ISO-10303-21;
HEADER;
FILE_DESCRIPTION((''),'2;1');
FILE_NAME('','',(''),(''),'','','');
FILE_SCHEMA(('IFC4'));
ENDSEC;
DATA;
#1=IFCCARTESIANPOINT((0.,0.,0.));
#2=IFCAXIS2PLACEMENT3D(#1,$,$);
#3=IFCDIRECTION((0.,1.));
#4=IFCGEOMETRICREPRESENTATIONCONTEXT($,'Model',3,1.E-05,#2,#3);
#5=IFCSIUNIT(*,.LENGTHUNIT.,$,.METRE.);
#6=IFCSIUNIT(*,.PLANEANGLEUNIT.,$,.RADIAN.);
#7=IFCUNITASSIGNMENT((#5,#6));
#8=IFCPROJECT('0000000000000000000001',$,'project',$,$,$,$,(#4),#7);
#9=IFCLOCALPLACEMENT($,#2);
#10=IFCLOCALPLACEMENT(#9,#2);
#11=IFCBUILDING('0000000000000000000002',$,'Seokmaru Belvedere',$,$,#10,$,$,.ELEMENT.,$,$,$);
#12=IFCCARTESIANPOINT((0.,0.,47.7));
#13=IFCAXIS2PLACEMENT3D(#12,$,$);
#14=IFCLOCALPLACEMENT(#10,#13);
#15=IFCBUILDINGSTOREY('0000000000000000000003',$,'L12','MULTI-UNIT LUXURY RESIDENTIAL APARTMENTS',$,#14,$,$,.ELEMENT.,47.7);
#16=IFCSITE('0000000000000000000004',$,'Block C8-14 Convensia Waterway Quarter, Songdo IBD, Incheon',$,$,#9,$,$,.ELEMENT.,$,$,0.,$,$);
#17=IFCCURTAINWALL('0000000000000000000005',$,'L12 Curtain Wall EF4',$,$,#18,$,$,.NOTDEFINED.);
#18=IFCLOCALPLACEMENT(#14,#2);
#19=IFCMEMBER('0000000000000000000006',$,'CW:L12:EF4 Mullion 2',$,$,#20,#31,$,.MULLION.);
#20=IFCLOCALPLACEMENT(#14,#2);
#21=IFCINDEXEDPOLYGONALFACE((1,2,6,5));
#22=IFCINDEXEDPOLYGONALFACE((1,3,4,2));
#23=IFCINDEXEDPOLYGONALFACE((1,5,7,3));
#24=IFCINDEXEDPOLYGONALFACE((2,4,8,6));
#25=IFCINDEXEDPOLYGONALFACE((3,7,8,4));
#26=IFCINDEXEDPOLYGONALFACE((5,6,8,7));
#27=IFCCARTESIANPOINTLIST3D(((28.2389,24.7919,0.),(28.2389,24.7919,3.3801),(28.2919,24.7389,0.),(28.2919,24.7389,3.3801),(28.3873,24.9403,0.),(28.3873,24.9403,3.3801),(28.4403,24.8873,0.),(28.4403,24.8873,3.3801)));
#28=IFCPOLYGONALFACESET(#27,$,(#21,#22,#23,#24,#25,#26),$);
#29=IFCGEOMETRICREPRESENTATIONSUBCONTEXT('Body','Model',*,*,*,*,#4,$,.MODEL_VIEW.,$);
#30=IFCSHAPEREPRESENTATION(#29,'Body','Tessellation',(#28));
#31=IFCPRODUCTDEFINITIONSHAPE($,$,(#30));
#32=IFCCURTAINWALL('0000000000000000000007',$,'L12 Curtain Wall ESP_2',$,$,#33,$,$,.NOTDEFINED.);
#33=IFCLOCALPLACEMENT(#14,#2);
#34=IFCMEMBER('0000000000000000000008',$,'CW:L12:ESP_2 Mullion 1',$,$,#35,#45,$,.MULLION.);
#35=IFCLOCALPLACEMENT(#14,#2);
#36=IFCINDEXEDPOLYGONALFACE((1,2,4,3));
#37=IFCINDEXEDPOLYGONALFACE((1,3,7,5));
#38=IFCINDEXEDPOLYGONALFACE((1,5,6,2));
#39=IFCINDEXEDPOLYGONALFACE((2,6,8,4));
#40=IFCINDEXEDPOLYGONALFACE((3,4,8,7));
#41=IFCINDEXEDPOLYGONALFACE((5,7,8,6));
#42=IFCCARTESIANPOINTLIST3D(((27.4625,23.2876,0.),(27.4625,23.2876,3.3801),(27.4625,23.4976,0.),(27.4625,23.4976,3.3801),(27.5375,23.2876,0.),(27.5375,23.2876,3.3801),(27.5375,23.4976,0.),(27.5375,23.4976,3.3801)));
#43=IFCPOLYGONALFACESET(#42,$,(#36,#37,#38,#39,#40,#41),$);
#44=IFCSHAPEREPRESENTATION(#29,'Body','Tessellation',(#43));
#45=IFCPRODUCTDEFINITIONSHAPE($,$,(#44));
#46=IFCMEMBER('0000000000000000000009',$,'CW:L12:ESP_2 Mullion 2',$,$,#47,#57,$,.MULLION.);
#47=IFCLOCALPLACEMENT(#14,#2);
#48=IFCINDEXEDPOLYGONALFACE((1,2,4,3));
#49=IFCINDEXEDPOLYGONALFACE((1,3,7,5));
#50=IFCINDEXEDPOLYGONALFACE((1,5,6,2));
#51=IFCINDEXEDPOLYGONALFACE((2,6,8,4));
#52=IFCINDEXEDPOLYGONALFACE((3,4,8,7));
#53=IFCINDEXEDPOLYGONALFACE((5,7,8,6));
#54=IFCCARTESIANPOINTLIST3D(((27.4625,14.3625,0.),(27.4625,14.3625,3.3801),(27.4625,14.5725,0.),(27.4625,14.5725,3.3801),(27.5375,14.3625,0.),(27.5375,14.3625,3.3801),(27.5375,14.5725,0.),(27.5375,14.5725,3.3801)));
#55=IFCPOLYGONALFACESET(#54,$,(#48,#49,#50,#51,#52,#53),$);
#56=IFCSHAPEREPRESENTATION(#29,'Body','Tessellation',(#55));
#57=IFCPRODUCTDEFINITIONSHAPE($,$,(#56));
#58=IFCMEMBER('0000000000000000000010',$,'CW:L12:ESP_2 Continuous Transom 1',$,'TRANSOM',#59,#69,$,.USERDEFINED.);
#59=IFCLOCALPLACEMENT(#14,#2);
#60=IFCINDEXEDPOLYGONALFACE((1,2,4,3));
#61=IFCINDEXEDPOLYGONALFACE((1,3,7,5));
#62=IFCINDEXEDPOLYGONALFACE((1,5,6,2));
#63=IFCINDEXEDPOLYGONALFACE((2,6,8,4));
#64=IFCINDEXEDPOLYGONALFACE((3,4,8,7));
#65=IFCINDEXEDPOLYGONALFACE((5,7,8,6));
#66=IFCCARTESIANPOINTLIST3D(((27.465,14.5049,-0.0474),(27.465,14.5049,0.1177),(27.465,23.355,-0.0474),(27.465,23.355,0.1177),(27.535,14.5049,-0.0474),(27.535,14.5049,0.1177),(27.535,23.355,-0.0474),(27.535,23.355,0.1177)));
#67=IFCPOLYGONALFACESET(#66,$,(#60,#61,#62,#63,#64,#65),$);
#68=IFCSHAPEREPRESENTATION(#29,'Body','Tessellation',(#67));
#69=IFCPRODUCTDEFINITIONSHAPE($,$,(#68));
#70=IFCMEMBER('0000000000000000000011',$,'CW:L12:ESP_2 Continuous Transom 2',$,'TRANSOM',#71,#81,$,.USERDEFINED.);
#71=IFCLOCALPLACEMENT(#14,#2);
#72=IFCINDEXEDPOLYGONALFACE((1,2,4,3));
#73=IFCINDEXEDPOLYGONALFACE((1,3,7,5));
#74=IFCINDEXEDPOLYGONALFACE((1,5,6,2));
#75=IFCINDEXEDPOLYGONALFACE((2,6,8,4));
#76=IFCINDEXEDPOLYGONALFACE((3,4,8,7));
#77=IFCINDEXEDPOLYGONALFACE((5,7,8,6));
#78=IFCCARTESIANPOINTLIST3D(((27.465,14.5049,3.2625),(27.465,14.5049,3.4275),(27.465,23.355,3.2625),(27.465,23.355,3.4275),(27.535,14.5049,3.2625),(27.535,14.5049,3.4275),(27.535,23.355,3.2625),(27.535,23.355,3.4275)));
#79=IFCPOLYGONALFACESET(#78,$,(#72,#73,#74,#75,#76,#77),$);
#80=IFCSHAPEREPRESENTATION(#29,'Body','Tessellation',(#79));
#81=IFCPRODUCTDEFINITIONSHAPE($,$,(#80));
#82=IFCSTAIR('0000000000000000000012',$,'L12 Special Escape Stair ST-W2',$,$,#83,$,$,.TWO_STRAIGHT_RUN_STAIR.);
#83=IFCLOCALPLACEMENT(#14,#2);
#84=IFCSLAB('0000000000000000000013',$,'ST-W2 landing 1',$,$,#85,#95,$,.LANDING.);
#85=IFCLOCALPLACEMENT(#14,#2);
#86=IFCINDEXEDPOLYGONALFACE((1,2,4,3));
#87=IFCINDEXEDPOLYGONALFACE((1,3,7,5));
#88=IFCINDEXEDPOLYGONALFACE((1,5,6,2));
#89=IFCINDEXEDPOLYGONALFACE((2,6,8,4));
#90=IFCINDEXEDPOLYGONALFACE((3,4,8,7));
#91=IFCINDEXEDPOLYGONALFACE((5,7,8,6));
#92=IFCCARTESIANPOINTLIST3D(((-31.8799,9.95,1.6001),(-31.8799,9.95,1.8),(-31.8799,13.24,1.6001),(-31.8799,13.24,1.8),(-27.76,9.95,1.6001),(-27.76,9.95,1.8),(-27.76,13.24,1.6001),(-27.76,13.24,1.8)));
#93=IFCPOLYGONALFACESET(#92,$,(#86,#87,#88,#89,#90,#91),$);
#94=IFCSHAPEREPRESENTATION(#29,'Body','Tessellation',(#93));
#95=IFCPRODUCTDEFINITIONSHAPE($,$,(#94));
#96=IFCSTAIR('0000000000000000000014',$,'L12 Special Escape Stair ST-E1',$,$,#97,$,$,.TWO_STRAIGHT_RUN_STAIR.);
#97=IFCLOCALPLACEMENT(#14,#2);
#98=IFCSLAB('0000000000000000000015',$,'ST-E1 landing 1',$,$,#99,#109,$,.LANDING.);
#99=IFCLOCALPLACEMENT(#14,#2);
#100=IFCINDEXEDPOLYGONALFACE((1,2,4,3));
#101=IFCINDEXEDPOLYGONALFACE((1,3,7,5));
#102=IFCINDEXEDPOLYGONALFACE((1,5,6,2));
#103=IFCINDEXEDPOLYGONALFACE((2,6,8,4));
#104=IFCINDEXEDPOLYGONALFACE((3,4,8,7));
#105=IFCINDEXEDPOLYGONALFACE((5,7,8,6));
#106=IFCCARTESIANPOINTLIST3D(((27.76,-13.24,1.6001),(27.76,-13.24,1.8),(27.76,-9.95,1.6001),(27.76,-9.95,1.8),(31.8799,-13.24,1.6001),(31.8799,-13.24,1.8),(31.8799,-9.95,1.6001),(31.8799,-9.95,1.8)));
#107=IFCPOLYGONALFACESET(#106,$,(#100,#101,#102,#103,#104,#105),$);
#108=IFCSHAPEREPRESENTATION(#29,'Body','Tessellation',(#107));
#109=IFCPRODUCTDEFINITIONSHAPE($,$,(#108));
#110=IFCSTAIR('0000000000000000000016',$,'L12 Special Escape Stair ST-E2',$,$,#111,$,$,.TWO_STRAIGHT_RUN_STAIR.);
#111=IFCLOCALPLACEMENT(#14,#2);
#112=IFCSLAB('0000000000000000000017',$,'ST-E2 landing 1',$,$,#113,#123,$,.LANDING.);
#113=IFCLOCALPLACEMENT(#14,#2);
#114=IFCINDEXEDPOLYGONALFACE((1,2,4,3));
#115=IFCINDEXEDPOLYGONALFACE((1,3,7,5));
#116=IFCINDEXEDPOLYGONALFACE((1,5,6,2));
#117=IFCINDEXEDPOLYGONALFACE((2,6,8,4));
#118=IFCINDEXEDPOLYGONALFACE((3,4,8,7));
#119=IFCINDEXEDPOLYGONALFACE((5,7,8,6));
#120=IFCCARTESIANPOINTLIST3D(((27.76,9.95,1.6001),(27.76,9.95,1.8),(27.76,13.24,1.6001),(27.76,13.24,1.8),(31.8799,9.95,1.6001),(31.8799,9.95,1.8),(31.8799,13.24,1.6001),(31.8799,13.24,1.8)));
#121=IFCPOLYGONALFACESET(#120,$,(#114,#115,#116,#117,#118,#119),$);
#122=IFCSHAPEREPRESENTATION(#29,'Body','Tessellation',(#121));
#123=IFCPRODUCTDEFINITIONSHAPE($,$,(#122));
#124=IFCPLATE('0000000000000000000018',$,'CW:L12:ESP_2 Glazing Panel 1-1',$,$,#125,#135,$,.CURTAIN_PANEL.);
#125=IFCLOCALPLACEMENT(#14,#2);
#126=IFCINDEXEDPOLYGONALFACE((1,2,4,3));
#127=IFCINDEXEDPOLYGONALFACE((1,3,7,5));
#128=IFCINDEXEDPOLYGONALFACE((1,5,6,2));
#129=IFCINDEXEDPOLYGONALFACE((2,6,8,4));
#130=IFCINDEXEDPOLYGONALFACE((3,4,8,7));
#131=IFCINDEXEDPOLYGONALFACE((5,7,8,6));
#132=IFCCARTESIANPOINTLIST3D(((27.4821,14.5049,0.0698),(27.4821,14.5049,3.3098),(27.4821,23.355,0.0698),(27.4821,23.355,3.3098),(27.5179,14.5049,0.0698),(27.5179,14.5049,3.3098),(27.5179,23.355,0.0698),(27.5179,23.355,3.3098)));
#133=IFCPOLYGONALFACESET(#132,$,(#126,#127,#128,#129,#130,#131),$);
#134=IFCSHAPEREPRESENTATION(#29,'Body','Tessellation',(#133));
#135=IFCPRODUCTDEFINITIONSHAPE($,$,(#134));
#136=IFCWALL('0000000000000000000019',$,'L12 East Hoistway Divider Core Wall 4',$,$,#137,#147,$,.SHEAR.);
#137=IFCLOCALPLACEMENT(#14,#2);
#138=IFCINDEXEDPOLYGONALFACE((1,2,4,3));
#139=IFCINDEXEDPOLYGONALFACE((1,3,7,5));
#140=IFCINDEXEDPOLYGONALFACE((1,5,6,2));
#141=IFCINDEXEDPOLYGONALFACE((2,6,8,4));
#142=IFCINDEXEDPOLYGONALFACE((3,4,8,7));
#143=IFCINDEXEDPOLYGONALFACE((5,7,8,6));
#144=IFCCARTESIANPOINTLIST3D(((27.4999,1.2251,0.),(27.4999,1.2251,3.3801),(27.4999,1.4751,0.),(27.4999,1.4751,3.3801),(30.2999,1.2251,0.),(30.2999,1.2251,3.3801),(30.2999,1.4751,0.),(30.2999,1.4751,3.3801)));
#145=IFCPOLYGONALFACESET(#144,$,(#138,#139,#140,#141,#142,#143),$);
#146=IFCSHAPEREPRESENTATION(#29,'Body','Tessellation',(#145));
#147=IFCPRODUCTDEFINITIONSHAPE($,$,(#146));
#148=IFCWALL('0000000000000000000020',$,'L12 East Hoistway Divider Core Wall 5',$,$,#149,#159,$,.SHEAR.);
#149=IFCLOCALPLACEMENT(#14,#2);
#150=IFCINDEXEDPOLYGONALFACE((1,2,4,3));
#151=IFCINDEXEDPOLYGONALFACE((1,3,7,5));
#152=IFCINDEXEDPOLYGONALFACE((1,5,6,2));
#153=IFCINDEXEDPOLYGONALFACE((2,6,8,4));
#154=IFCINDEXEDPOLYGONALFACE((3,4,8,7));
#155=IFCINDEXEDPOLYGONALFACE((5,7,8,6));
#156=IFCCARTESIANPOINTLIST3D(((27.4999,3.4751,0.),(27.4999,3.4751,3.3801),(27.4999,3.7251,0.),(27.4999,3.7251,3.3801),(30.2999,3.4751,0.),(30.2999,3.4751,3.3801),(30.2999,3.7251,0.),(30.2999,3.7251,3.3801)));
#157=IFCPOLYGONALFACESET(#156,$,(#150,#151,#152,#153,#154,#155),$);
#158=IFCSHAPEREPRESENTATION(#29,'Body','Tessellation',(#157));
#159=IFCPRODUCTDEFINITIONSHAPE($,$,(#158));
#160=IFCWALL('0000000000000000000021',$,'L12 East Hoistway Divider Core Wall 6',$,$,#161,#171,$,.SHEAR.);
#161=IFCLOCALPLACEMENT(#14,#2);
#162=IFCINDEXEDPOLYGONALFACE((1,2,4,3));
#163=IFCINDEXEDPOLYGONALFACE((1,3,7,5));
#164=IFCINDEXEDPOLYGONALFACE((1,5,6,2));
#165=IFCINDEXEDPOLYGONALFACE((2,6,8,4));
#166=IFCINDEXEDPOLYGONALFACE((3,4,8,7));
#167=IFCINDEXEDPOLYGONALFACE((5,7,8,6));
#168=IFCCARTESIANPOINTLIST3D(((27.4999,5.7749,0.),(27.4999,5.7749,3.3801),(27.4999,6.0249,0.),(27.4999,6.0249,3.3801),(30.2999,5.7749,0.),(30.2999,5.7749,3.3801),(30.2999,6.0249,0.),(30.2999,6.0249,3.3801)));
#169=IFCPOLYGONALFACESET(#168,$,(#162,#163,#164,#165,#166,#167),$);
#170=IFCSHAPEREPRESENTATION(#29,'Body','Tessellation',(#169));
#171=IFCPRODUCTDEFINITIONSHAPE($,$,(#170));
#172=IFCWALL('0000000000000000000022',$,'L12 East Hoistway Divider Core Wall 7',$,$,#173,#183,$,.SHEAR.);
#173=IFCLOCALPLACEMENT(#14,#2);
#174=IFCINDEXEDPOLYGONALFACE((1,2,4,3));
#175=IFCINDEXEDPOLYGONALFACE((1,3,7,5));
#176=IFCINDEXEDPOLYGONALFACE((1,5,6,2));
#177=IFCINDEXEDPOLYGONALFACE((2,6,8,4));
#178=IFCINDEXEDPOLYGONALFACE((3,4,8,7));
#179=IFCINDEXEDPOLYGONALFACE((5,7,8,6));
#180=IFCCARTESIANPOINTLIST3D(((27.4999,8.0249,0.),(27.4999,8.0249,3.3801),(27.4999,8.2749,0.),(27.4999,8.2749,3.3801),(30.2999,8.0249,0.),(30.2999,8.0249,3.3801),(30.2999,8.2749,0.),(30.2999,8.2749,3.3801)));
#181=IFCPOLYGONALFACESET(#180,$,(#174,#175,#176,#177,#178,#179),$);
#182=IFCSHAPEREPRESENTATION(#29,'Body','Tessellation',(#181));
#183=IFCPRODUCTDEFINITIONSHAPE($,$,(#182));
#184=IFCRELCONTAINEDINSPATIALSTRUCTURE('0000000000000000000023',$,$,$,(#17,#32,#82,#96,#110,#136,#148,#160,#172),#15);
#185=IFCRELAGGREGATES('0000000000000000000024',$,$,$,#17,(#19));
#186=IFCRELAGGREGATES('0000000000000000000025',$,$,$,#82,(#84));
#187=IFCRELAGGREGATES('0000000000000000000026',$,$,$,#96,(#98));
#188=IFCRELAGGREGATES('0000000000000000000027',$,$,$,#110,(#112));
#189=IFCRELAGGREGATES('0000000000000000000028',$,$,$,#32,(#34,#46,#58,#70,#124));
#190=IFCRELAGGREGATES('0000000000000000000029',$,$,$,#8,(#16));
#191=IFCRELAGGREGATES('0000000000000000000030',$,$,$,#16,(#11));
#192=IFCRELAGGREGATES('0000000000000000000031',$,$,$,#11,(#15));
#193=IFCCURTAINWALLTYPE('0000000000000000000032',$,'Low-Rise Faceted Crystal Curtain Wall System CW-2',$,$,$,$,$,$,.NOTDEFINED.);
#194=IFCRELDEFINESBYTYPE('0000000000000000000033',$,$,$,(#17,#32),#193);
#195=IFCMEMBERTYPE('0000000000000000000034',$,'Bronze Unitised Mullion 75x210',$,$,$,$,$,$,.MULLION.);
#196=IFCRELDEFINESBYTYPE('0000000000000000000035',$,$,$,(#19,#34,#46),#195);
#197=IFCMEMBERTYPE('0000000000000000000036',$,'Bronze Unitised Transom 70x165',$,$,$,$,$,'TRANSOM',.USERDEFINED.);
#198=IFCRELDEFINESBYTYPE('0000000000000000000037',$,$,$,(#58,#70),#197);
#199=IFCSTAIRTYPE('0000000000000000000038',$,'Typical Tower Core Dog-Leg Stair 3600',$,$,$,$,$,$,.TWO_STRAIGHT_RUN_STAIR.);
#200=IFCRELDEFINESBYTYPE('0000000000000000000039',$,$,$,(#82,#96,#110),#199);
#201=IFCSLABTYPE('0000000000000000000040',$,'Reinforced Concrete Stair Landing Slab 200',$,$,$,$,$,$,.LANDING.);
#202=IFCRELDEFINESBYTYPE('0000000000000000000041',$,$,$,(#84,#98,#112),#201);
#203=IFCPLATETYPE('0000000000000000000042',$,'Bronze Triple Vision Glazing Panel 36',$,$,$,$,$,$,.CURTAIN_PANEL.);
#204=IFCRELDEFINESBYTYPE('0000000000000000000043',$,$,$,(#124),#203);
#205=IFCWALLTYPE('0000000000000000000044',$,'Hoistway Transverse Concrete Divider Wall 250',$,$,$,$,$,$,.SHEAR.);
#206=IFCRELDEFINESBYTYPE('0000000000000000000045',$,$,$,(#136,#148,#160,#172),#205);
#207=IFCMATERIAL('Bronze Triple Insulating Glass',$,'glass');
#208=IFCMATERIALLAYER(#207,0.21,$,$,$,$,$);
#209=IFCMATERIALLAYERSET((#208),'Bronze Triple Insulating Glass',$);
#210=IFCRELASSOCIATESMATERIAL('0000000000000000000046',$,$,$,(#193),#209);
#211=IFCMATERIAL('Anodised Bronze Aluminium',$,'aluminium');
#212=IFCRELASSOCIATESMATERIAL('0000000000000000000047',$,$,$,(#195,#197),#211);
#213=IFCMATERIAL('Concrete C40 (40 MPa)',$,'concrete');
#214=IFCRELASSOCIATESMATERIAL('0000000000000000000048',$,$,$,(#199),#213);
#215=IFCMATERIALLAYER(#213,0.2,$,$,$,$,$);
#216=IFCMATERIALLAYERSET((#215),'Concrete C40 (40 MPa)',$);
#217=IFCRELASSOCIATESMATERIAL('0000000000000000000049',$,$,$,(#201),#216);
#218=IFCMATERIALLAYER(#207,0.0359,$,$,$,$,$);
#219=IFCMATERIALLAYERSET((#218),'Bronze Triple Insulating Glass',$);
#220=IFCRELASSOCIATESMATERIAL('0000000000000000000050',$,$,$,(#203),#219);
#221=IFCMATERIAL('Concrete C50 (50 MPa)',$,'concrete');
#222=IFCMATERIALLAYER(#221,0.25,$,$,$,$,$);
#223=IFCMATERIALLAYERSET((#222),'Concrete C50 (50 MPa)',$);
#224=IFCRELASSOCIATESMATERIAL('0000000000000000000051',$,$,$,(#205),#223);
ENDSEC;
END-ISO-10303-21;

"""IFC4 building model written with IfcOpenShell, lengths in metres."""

from ifc_helpers import new_model, si_unit, direction, frame, frame_2d, origin, origin_2d, place, context, subcontext, project, spatial, polyline, rectangle, outline, extrude, source, transform, mapped, material, layer, layer_set, material_profile, profile_set, type_object, type_shapes, element, aggregate, save


model = new_model("IFC4")

# Units and contexts
model_context = context("Model", 3, precision=1e-05, world=origin(), true_north=direction((0.0, 1.0)))
body_context = subcontext(model_context, "Body", "Model", "MODEL_VIEW")
ifc_project = project(units=[si_unit("LENGTHUNIT", "METRE"), si_unit("PLANEANGLEUNIT", "RADIAN")], contexts=[model_context])

# Site, building, storey
site_placement = place(None, origin())
site = spatial("IfcSite", under=ifc_project, at=site_placement, Name="Block C8-14 Convensia Waterway Quarter, Songdo IBD, Incheon", CompositionType="ELEMENT", RefElevation=0.0)
building_placement = place(site_placement, origin())
building = spatial("IfcBuilding", under=site, at=building_placement, Name="Seokmaru Belvedere", CompositionType="ELEMENT")
storey_placement = place(building_placement, frame((0.0, 0.0, 47.7)))
storey = spatial("IfcBuildingStorey", under=building, at=storey_placement, Name="L12", Description="MULTI-UNIT LUXURY RESIDENTIAL APARTMENTS", CompositionType="ELEMENT", Elevation=47.7)

# Curtain wall, member
ifc_material_1 = material(Name="Bronze Triple Insulating Glass", Category="glass")
ifc_layer_1 = layer(ifc_material_1, 0.21)
ifc_layer_set_1 = layer_set([ifc_layer_1], Name="Bronze Triple Insulating Glass")
curtain_wall_type = type_object("IfcCurtainWallType", Name="Low-Rise Faceted Crystal Curtain Wall System CW-2", PredefinedType="NOTDEFINED", material=ifc_layer_set_1)
curtain_wall_1_placement = place(storey_placement, origin())
curtain_wall_1 = element("IfcCurtainWall", 1, at=curtain_wall_1_placement, inside=storey, type_object=curtain_wall_type, Name="L12 Curtain Wall EF4", PredefinedType="NOTDEFINED")
ifc_material_2 = material(Name="Anodised Bronze Aluminium", Category="aluminium")
ifc_material_profile_1 = material_profile(ifc_material_2, rectangle(XDim=0.075, YDim=0.21, at=origin_2d()), Name="CW-M-75x210")
ifc_profile_set_1 = profile_set([ifc_material_profile_1], Name="Anodised Bronze Aluminium")
member_type_1 = type_object("IfcMemberType", Name="Bronze Unitised Mullion 75x210", PredefinedType="MULLION", material=ifc_profile_set_1)
shared_shape_1 = source(origin(), body_context, "Body", "SweptSolid", [
    extrude(rectangle(XDim=0.075, YDim=0.21, at=origin_2d()), origin(), (0.0, 0.0, 1.0), 3.3801),
])
type_shapes(member_type_1, [shared_shape_1])
member_1_placement = place(storey_placement, frame((28.3396, 24.8396, 0.0), z_axis=(0.0, 0.0, 1.0), x_axis=(0.707107, -0.707107, 0.0)))
member_1 = element("IfcMember", 2, at=member_1_placement, type_object=member_type_1, Name="CW:L12:EF4 Mullion 2", PredefinedType="MULLION", context=body_context, shape_type="MappedRepresentation", body=[
    mapped(shared_shape_1, transform((0.0, 0.0, 0.0), scale=1.0)),
])
aggregate(curtain_wall_1, [member_1])

# Curtain wall, members
curtain_wall_2_placement = place(storey_placement, origin())
curtain_wall_2 = element("IfcCurtainWall", 3, at=curtain_wall_2_placement, inside=storey, type_object=curtain_wall_type, Name="L12 Curtain Wall ESP_2", PredefinedType="NOTDEFINED")
member_2_placement = place(storey_placement, frame((27.5, 23.3926, 0.0), z_axis=(0.0, 0.0, 1.0), x_axis=(1.0, 0.0, 0.0)))
member_2 = element("IfcMember", 4, at=member_2_placement, type_object=member_type_1, Name="CW:L12:ESP_2 Mullion 1", PredefinedType="MULLION", context=body_context, shape_type="MappedRepresentation", body=[
    mapped(shared_shape_1, transform((0.0, 0.0, 0.0), scale=1.0)),
])
member_3_placement = place(storey_placement, frame((27.5, 14.4675, 0.0), z_axis=(0.0, 0.0, 1.0), x_axis=(1.0, 0.0, 0.0)))
member_3 = element("IfcMember", 5, at=member_3_placement, type_object=member_type_1, Name="CW:L12:ESP_2 Mullion 2", PredefinedType="MULLION", context=body_context, shape_type="MappedRepresentation", body=[
    mapped(shared_shape_1, transform((0.0, 0.0, 0.0), scale=1.0)),
])
ifc_material_profile_2 = material_profile(ifc_material_2, rectangle(XDim=0.0701, YDim=0.165, at=origin_2d()), Name="CW-T-70x165")
ifc_profile_set_2 = profile_set([ifc_material_profile_2], Name="Anodised Bronze Aluminium")
member_type_2 = type_object("IfcMemberType", Name="Bronze Unitised Transom 70x165", ElementType="TRANSOM", PredefinedType="USERDEFINED", material=ifc_profile_set_2)
shared_shape_2 = source(origin(), body_context, "Body", "SweptSolid", [
    extrude(rectangle(XDim=0.0701, YDim=0.165, at=origin_2d()), origin(), (0.0, 0.0, 1.0), 8.8501),
])
type_shapes(member_type_2, [shared_shape_2])
member_4_placement = place(storey_placement, frame((27.5, 23.355, 0.0352), z_axis=(0.0, -1.0, 0.0), x_axis=(1.0, 0.0, 0.0)))
member_4 = element("IfcMember", 6, at=member_4_placement, type_object=member_type_2, Name="CW:L12:ESP_2 Continuous Transom 1", ObjectType="TRANSOM", PredefinedType="USERDEFINED", context=body_context, shape_type="MappedRepresentation", body=[
    mapped(shared_shape_2, transform((0.0, 0.0, 0.0), scale=1.0)),
])
member_5_placement = place(storey_placement, frame((27.5, 23.355, 3.345), z_axis=(0.0, -1.0, 0.0), x_axis=(1.0, 0.0, 0.0)))
member_5 = element("IfcMember", 7, at=member_5_placement, type_object=member_type_2, Name="CW:L12:ESP_2 Continuous Transom 2", ObjectType="TRANSOM", PredefinedType="USERDEFINED", context=body_context, shape_type="MappedRepresentation", body=[
    mapped(shared_shape_2, transform((0.0, 0.0, 0.0), scale=1.0)),
])

# Stairs, slabs
ifc_material_3 = material(Name="Concrete C40 (40 MPa)", Category="concrete")
stair_type = type_object("IfcStairType", Name="Typical Tower Core Dog-Leg Stair 3600", PredefinedType="TWO_STRAIGHT_RUN_STAIR", material=ifc_material_3)
stair_1_placement = place(storey_placement, origin())
stair_1 = element("IfcStair", 8, at=stair_1_placement, inside=storey, type_object=stair_type, Name="L12 Special Escape Stair ST-W2", PredefinedType="TWO_STRAIGHT_RUN_STAIR")
ifc_layer_2 = layer(ifc_material_3, 0.2)
ifc_layer_set_2 = layer_set([ifc_layer_2], Name="Concrete C40 (40 MPa)")
slab_type = type_object("IfcSlabType", Name="Reinforced Concrete Stair Landing Slab 200", PredefinedType="LANDING", material=ifc_layer_set_2)
slab_1_placement = place(storey_placement, frame((0.0, 0.0, 1.6001)))
slab_1 = element("IfcSlab", 9, at=slab_1_placement, type_object=slab_type, Name="ST-W2 landing 1", PredefinedType="LANDING", context=body_context, shape_type="SweptSolid", body=[
    extrude(outline(polyline([(-31.8799, 9.95), (-27.76, 9.95), (-27.76, 13.24), (-31.8799, 13.24), (-31.8799, 9.95)])), origin(), (0.0, 0.0, 1.0), 0.2),
])
aggregate(stair_1, [slab_1])
stair_2_placement = place(storey_placement, origin())
stair_2 = element("IfcStair", 10, at=stair_2_placement, inside=storey, type_object=stair_type, Name="L12 Special Escape Stair ST-E1", PredefinedType="TWO_STRAIGHT_RUN_STAIR")
slab_2_placement = place(storey_placement, frame((0.0, 0.0, 1.6001)))
slab_2 = element("IfcSlab", 11, at=slab_2_placement, type_object=slab_type, Name="ST-E1 landing 1", PredefinedType="LANDING", context=body_context, shape_type="SweptSolid", body=[
    extrude(outline(polyline([(27.76, -13.24), (31.8799, -13.24), (31.8799, -9.95), (27.76, -9.95), (27.76, -13.24)])), origin(), (0.0, 0.0, 1.0), 0.2),
])
aggregate(stair_2, [slab_2])
stair_3_placement = place(storey_placement, origin())
stair_3 = element("IfcStair", 12, at=stair_3_placement, inside=storey, type_object=stair_type, Name="L12 Special Escape Stair ST-E2", PredefinedType="TWO_STRAIGHT_RUN_STAIR")
slab_3_placement = place(storey_placement, frame((0.0, 0.0, 1.6001)))
slab_3 = element("IfcSlab", 13, at=slab_3_placement, type_object=slab_type, Name="ST-E2 landing 1", PredefinedType="LANDING", context=body_context, shape_type="SweptSolid", body=[
    extrude(outline(polyline([(27.76, 9.95), (31.8799, 9.95), (31.8799, 13.24), (27.76, 13.24), (27.76, 9.95)])), origin(), (0.0, 0.0, 1.0), 0.2),
])
aggregate(stair_3, [slab_3])

# Plate
ifc_layer_3 = layer(ifc_material_1, 0.0359)
ifc_layer_set_3 = layer_set([ifc_layer_3], Name="Bronze Triple Insulating Glass")
plate_type = type_object("IfcPlateType", Name="Bronze Triple Vision Glazing Panel 36", PredefinedType="CURTAIN_PANEL", material=ifc_layer_set_3)
shared_shape_3 = source(origin(), body_context, "Body", "SweptSolid", [
    extrude(rectangle(XDim=8.8501, YDim=0.0359, at=origin_2d()), origin(), (0.0, 0.0, 1.0), 3.24),
])
type_shapes(plate_type, [shared_shape_3])
plate_placement = place(storey_placement, frame((27.5, 18.9299, 0.0698), z_axis=(0.0, 0.0, 1.0), x_axis=(0.0, -1.0, 0.0)))
plate = element("IfcPlate", 14, at=plate_placement, type_object=plate_type, Name="CW:L12:ESP_2 Glazing Panel 1-1", PredefinedType="CURTAIN_PANEL", context=body_context, shape_type="MappedRepresentation", body=[
    mapped(shared_shape_3, transform((0.0, 0.0, 0.0), scale=1.0)),
])
aggregate(curtain_wall_2, [member_2, member_3, member_4, member_5, plate])

# Walls
ifc_material_4 = material(Name="Concrete C50 (50 MPa)", Category="concrete")
ifc_layer_4 = layer(ifc_material_4, 0.25)
ifc_layer_set_4 = layer_set([ifc_layer_4], Name="Concrete C50 (50 MPa)")
wall_type_1 = type_object("IfcWallType", Name="Hoistway Transverse Concrete Divider Wall 250", PredefinedType="SHEAR", material=ifc_layer_set_4)
for number, where, z_axis, x_axis, name in (
    (15, (27.5, 1.3501, 0.0), (0.0, 0.0, 1.0), (1.0, 0.0, 0.0), "L12 East Hoistway Divider Core Wall 4"),
    (16, (27.5, 3.6001, 0.0), (0.0, 0.0, 1.0), (1.0, 0.0, 0.0), "L12 East Hoistway Divider Core Wall 5"),
    (17, (27.5, 5.8999, 0.0), (0.0, 0.0, 1.0), (1.0, 0.0, 0.0), "L12 East Hoistway Divider Core Wall 6"),
    (18, (27.5, 8.1499, 0.0), (0.0, 0.0, 1.0), (1.0, 0.0, 0.0), "L12 East Hoistway Divider Core Wall 7"),
):
    element("IfcWall", number, at=place(storey_placement, frame(where, z_axis=z_axis, x_axis=x_axis)), inside=storey, type_object=wall_type_1, Name=name, PredefinedType="SHEAR", context=body_context, shape_type="SweptSolid", body=[
        extrude(rectangle(XDim=2.8, YDim=0.25, at=frame_2d((1.3999, 0.0))), origin(), (0.0, 0.0, 1.0), 3.3801),
    ])

save(model, "model.ifc")
